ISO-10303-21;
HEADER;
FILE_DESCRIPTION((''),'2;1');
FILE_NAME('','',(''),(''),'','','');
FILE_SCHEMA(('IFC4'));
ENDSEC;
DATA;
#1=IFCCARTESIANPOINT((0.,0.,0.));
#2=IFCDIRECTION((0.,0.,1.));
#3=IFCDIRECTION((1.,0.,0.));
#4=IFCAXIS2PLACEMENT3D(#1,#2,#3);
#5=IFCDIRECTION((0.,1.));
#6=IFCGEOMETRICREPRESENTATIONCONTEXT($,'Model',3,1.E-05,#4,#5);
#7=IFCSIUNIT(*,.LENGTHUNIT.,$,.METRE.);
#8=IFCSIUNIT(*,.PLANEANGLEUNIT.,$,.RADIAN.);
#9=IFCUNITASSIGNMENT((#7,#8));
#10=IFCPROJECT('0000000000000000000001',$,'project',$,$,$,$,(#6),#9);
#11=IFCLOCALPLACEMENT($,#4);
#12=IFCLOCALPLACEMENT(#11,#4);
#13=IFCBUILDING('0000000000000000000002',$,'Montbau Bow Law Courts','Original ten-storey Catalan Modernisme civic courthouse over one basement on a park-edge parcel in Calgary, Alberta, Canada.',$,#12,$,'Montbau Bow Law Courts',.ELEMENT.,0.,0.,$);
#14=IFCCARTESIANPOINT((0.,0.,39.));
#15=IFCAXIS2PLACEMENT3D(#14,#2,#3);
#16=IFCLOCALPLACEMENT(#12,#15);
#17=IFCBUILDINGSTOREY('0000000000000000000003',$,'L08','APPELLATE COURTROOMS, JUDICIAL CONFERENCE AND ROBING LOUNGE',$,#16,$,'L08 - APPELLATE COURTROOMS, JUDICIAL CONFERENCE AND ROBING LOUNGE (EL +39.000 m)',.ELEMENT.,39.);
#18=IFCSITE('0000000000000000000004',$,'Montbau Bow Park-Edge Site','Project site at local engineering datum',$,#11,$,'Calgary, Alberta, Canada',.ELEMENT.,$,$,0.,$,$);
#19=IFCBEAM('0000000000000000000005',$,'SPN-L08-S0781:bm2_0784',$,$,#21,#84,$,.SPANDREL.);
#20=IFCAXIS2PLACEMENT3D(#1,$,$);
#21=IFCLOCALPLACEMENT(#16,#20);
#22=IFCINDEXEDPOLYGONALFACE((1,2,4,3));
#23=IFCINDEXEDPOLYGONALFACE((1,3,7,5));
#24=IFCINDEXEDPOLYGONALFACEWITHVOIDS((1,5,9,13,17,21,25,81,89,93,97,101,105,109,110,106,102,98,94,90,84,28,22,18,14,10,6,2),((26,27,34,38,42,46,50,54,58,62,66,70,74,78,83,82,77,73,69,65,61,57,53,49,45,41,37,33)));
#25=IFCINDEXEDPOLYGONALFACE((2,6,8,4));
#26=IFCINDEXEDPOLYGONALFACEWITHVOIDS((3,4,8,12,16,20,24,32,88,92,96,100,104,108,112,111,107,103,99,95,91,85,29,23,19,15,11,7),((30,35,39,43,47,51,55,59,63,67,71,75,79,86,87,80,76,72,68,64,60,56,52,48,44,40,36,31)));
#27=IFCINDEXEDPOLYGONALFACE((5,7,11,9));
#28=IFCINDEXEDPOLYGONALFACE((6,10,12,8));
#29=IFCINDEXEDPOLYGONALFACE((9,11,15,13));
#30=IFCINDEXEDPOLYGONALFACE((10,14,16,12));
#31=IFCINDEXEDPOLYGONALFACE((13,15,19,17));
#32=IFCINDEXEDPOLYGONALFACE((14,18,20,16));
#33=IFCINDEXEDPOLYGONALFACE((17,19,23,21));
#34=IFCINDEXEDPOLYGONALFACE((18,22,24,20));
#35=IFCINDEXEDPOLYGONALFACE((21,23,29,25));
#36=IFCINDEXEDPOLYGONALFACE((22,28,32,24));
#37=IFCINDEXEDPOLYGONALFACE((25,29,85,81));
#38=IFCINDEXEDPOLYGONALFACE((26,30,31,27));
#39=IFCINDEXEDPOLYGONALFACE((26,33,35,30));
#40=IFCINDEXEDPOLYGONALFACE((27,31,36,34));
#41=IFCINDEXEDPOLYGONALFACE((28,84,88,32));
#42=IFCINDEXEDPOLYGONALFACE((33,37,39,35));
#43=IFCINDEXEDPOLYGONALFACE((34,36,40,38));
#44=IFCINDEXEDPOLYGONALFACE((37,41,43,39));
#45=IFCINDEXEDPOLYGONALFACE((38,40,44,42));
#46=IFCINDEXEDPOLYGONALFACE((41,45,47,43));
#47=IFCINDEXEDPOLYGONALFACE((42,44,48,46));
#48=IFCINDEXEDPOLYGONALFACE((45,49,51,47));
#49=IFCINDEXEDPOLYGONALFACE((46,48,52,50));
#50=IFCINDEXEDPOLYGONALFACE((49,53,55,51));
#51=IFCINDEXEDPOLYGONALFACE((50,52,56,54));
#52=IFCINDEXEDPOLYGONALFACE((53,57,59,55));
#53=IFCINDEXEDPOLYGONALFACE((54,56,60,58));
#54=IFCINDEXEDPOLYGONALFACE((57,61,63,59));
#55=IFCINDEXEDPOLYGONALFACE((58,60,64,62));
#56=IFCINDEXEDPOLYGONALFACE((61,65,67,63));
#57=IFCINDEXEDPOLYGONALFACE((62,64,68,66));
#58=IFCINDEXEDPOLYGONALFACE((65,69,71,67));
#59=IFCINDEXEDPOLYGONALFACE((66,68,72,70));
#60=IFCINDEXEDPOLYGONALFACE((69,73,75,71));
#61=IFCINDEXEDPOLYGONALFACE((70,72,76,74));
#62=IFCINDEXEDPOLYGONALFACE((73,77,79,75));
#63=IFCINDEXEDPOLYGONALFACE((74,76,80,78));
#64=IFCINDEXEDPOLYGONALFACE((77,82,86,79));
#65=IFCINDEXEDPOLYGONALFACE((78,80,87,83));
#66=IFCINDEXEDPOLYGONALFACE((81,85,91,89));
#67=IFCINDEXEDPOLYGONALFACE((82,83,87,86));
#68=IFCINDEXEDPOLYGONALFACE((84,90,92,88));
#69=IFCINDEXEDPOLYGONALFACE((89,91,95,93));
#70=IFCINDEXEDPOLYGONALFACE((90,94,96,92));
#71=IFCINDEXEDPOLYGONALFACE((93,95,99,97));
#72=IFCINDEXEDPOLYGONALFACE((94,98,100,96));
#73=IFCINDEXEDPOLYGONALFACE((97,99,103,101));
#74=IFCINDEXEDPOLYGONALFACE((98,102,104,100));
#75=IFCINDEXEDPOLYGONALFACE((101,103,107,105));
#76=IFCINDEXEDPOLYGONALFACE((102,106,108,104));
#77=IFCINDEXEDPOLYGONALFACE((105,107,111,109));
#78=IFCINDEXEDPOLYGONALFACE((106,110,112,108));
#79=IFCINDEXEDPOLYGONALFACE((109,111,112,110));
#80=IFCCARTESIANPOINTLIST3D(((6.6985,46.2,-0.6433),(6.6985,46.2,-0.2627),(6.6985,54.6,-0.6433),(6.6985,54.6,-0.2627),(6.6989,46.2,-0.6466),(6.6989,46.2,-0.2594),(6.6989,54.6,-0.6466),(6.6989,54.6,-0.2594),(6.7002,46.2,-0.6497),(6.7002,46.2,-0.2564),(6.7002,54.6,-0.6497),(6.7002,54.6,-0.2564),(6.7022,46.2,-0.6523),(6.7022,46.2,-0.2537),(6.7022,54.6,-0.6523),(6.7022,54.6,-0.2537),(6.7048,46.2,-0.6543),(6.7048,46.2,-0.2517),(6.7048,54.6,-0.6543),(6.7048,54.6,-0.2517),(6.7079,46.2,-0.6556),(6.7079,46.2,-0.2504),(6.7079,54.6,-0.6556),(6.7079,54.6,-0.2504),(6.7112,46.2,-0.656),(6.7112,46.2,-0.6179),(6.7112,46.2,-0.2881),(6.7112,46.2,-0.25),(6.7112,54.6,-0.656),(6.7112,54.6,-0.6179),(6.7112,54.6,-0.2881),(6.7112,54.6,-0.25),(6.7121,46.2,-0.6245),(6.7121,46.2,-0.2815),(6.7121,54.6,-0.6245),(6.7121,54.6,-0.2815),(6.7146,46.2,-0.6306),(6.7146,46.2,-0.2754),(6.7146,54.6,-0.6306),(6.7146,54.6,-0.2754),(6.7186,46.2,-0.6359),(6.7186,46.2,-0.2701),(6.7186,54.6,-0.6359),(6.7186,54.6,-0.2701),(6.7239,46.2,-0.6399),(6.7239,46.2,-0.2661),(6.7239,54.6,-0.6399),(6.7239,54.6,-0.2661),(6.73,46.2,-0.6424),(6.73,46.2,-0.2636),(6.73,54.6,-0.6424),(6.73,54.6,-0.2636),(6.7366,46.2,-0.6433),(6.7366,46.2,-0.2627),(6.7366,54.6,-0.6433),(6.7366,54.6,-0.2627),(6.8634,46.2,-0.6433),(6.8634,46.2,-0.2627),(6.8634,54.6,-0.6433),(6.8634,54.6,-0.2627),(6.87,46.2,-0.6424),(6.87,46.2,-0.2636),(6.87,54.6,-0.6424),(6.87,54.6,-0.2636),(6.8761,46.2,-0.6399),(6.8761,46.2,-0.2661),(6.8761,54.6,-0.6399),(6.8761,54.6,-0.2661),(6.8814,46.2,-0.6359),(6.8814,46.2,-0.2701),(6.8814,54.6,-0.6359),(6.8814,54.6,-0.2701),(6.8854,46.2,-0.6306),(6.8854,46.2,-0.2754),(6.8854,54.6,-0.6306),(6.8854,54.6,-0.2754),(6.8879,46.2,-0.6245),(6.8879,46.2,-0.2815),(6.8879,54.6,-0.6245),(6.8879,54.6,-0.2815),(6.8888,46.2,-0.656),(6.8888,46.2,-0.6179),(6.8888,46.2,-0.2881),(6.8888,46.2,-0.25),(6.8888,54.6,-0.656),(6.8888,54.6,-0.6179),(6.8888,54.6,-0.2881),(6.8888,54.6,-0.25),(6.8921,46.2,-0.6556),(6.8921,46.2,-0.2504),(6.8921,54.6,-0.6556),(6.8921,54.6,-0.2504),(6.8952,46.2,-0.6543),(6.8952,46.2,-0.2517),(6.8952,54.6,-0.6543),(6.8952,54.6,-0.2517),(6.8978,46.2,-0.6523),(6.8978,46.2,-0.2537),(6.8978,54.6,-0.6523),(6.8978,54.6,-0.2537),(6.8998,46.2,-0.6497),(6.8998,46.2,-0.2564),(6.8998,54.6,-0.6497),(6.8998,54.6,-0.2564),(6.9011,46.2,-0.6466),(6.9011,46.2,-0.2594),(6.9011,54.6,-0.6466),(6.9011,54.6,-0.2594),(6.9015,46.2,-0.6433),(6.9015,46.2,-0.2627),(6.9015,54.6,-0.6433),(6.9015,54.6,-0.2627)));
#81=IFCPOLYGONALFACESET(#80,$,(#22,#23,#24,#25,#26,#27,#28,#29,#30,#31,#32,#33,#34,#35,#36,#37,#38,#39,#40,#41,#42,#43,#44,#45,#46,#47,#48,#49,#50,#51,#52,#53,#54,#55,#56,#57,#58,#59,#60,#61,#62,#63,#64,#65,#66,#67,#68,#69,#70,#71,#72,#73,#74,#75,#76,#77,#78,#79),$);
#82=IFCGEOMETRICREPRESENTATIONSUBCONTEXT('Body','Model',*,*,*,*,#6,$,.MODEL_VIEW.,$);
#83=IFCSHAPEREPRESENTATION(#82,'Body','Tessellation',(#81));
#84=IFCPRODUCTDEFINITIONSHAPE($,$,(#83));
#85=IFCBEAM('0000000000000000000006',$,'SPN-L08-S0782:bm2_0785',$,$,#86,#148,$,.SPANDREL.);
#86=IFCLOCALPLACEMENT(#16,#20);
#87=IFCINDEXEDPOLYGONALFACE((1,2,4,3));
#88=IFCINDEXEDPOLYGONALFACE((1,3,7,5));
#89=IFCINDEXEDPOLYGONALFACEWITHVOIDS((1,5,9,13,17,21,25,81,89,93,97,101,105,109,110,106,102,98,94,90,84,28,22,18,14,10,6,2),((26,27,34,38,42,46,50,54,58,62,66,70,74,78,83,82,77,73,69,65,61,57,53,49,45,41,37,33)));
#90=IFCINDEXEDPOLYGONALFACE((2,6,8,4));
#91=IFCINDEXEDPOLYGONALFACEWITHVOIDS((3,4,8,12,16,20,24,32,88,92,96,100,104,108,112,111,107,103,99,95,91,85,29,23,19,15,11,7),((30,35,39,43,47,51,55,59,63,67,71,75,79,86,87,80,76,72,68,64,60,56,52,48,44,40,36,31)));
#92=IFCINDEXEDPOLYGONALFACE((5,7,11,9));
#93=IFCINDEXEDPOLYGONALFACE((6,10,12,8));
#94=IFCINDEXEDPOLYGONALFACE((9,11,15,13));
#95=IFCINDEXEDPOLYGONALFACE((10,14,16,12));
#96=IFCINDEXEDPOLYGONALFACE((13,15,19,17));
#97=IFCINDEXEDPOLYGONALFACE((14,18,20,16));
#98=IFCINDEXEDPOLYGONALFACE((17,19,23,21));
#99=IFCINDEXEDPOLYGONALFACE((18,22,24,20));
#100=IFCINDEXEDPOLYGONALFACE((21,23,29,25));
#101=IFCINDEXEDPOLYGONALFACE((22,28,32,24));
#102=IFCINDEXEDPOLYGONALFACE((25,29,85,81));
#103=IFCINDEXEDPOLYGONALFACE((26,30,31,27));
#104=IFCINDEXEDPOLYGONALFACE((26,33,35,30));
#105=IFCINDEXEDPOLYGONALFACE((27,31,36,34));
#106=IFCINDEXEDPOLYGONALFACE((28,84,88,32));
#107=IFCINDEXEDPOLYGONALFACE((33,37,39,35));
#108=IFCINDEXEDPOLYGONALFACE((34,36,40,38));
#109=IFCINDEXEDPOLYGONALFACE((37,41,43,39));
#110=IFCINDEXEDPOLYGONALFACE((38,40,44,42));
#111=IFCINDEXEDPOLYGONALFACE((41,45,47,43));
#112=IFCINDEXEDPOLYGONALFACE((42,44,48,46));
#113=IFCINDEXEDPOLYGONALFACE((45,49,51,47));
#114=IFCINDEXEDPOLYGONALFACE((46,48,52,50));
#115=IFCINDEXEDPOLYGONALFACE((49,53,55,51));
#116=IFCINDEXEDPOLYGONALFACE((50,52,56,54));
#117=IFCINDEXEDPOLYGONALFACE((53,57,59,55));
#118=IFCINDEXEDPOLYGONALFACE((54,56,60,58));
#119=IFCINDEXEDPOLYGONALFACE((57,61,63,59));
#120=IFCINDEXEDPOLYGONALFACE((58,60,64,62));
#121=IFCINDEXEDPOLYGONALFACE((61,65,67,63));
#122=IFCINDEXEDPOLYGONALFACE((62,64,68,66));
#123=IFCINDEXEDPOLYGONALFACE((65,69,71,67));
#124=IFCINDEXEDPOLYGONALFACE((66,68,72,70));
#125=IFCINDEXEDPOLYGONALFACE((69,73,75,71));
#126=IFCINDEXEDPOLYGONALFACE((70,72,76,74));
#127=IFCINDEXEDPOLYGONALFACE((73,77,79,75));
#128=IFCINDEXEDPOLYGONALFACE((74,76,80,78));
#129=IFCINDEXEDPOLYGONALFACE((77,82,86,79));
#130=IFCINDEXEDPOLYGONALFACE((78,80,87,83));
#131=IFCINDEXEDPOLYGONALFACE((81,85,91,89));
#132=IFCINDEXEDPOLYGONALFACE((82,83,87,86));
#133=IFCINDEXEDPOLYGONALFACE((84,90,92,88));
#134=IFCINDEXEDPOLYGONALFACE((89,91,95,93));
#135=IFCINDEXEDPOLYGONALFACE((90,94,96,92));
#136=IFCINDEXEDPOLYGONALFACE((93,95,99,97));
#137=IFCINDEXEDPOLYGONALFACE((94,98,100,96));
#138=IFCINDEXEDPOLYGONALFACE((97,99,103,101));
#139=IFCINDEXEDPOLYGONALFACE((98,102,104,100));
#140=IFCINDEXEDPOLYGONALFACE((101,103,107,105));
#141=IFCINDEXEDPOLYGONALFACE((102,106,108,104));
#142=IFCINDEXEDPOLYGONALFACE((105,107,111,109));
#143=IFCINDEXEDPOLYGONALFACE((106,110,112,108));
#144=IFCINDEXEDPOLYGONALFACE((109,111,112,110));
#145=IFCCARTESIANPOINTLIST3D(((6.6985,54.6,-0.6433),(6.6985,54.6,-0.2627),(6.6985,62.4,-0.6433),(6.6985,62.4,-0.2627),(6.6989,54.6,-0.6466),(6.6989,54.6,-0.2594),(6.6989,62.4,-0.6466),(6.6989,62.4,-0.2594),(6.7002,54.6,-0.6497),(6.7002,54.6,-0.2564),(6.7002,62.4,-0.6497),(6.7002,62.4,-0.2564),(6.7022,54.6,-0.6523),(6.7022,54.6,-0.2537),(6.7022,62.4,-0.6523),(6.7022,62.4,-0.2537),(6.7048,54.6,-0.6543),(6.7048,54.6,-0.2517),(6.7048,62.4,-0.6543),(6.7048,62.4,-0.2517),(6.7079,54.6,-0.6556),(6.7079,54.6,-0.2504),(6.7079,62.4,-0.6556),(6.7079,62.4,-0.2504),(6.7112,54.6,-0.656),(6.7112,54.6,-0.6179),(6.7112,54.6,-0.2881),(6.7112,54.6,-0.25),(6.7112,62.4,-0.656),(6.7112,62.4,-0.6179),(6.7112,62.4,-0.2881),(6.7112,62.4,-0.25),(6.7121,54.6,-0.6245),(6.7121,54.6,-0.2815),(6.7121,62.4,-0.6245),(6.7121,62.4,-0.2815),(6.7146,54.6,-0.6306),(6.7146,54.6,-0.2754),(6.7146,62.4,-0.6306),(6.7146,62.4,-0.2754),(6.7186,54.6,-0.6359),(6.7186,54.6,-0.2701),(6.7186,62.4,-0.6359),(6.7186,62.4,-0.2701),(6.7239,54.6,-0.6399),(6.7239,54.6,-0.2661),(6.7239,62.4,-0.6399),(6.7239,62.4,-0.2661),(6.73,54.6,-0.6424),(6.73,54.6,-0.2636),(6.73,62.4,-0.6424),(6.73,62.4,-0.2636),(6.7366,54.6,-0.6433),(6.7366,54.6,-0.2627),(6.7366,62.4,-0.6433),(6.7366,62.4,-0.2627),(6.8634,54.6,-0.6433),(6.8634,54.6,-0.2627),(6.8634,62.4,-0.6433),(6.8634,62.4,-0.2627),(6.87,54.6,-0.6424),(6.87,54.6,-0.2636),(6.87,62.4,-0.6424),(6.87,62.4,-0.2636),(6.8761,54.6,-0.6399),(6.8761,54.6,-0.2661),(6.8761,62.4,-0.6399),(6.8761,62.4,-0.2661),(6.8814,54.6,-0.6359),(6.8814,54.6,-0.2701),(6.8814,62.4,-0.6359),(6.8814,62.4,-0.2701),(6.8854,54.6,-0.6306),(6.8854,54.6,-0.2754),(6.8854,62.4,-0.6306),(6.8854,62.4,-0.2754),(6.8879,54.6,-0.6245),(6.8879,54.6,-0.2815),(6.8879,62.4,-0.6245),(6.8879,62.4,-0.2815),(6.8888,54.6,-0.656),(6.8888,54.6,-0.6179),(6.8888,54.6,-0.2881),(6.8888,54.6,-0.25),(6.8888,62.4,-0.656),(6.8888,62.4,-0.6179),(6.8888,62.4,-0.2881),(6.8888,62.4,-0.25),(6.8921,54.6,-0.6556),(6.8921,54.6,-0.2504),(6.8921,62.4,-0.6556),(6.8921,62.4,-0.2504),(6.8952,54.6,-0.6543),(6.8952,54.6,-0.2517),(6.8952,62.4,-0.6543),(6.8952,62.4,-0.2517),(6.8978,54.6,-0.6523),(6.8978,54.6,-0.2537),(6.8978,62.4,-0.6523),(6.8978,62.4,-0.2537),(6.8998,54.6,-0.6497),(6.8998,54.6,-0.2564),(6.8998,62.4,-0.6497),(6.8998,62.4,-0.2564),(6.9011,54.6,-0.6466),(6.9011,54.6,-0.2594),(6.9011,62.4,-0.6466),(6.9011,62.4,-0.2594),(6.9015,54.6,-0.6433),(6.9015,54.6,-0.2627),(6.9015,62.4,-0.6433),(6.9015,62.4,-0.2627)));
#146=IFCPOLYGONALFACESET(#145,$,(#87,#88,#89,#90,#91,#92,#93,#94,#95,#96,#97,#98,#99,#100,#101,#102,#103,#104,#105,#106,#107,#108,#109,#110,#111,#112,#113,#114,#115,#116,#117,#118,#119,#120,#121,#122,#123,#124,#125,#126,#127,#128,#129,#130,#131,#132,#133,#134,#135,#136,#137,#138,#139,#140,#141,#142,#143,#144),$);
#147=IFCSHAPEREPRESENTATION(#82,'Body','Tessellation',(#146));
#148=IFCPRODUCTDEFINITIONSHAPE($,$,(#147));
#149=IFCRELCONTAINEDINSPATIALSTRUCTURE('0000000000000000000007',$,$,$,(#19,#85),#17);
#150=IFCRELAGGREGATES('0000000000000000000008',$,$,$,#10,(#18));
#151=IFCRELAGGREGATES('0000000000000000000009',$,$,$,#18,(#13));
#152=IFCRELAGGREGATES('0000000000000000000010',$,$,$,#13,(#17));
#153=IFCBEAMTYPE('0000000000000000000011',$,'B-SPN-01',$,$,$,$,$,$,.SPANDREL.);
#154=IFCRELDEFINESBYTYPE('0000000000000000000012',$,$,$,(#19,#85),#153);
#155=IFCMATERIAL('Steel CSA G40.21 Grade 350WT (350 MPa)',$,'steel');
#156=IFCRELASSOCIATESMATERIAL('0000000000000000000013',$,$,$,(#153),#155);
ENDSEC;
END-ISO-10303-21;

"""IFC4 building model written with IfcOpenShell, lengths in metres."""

from ifc_helpers import new_model, si_unit, direction, frame, origin_with_axes, origin_2d_with_axis, place, context, subcontext, project, spatial, hollow_rectangle, extrude, material, material_profile, profile_set, type_object, element, save


model = new_model("IFC4")

# Units and contexts
model_context = context("Model", 3, precision=1e-05, world=origin_with_axes(), true_north=direction((0.0, 1.0)))
body_context = subcontext(model_context, "Body", "Model", "MODEL_VIEW")
ifc_project = project(units=[si_unit("LENGTHUNIT", "METRE"), si_unit("PLANEANGLEUNIT", "RADIAN")], contexts=[model_context])

# Site, building, storey
site_placement = place(None, origin_with_axes())
site = spatial("IfcSite", under=ifc_project, at=site_placement, Name="Montbau Bow Park-Edge Site", Description="Project site at local engineering datum", LongName="Calgary, Alberta, Canada", CompositionType="ELEMENT", RefElevation=0.0)
building_placement = place(site_placement, origin_with_axes())
building = spatial("IfcBuilding", under=site, at=building_placement, Name="Montbau Bow Law Courts", Description="Original ten-storey Catalan Modernisme civic courthouse over one basement on a park-edge parcel in Calgary, Alberta, Canada.", LongName="Montbau Bow Law Courts", CompositionType="ELEMENT", ElevationOfRefHeight=0.0, ElevationOfTerrain=0.0)
storey_placement = place(building_placement, frame((0.0, 0.0, 39.0), z_axis=(0.0, 0.0, 1.0), x_axis=(1.0, 0.0, 0.0)))
storey = spatial("IfcBuildingStorey", under=building, at=storey_placement, Name="L08", Description="APPELLATE COURTROOMS, JUDICIAL CONFERENCE AND ROBING LOUNGE", LongName="L08 - APPELLATE COURTROOMS, JUDICIAL CONFERENCE AND ROBING LOUNGE (EL +39.000 m)", CompositionType="ELEMENT", Elevation=39.0)

# Beams
ifc_material_1 = material(Name="Steel CSA G40.21 Grade 350WT (350 MPa)", Category="steel")
ifc_material_profile_1 = material_profile(ifc_material_1, hollow_rectangle(XDim=0.203, YDim=0.406, WallThickness=0.0127, InnerFilletRadius=0.0254, OuterFilletRadius=0.0127, at=origin_2d_with_axis()), Name="HSS406X203X13", Category="Main", Priority=0)
ifc_profile_set_1 = profile_set([ifc_material_profile_1], Name="Steel CSA G40.21 Grade 350WT (350 MPa)")
beam_type_1 = type_object("IfcBeamType", Name="B-SPN-01", PredefinedType="SPANDREL", material=ifc_profile_set_1)
beam_1_placement = place(None, frame((6.8, 46.2, 38.547), z_axis=(0.0, 1.0, 0.0), x_axis=(-1.0, 0.0, 0.0)))
element("IfcBeam", 1, at=beam_1_placement, inside=storey, type_object=beam_type_1, Name="SPN-L08-S0781:bm2_0784", PredefinedType="SPANDREL", context=body_context, shape_type="SweptSolid", body=[
    extrude(hollow_rectangle(XDim=0.203, YDim=0.406, WallThickness=0.0127, InnerFilletRadius=0.0254, OuterFilletRadius=0.0127, at=origin_2d_with_axis()), origin_with_axes(), (0.0, 0.0, 1.0), 8.4),
])
beam_2_placement = place(None, frame((6.8, 54.6, 38.547), z_axis=(0.0, 1.0, 0.0), x_axis=(-1.0, 0.0, 0.0)))
element("IfcBeam", 2, at=beam_2_placement, inside=storey, type_object=beam_type_1, Name="SPN-L08-S0782:bm2_0785", PredefinedType="SPANDREL", context=body_context, shape_type="SweptSolid", body=[
    extrude(hollow_rectangle(XDim=0.203, YDim=0.406, WallThickness=0.0127, InnerFilletRadius=0.0254, OuterFilletRadius=0.0127, at=origin_2d_with_axis()), origin_with_axes(), (0.0, 0.0, 1.0), 7.8),
])

save(model, "model.ifc")
